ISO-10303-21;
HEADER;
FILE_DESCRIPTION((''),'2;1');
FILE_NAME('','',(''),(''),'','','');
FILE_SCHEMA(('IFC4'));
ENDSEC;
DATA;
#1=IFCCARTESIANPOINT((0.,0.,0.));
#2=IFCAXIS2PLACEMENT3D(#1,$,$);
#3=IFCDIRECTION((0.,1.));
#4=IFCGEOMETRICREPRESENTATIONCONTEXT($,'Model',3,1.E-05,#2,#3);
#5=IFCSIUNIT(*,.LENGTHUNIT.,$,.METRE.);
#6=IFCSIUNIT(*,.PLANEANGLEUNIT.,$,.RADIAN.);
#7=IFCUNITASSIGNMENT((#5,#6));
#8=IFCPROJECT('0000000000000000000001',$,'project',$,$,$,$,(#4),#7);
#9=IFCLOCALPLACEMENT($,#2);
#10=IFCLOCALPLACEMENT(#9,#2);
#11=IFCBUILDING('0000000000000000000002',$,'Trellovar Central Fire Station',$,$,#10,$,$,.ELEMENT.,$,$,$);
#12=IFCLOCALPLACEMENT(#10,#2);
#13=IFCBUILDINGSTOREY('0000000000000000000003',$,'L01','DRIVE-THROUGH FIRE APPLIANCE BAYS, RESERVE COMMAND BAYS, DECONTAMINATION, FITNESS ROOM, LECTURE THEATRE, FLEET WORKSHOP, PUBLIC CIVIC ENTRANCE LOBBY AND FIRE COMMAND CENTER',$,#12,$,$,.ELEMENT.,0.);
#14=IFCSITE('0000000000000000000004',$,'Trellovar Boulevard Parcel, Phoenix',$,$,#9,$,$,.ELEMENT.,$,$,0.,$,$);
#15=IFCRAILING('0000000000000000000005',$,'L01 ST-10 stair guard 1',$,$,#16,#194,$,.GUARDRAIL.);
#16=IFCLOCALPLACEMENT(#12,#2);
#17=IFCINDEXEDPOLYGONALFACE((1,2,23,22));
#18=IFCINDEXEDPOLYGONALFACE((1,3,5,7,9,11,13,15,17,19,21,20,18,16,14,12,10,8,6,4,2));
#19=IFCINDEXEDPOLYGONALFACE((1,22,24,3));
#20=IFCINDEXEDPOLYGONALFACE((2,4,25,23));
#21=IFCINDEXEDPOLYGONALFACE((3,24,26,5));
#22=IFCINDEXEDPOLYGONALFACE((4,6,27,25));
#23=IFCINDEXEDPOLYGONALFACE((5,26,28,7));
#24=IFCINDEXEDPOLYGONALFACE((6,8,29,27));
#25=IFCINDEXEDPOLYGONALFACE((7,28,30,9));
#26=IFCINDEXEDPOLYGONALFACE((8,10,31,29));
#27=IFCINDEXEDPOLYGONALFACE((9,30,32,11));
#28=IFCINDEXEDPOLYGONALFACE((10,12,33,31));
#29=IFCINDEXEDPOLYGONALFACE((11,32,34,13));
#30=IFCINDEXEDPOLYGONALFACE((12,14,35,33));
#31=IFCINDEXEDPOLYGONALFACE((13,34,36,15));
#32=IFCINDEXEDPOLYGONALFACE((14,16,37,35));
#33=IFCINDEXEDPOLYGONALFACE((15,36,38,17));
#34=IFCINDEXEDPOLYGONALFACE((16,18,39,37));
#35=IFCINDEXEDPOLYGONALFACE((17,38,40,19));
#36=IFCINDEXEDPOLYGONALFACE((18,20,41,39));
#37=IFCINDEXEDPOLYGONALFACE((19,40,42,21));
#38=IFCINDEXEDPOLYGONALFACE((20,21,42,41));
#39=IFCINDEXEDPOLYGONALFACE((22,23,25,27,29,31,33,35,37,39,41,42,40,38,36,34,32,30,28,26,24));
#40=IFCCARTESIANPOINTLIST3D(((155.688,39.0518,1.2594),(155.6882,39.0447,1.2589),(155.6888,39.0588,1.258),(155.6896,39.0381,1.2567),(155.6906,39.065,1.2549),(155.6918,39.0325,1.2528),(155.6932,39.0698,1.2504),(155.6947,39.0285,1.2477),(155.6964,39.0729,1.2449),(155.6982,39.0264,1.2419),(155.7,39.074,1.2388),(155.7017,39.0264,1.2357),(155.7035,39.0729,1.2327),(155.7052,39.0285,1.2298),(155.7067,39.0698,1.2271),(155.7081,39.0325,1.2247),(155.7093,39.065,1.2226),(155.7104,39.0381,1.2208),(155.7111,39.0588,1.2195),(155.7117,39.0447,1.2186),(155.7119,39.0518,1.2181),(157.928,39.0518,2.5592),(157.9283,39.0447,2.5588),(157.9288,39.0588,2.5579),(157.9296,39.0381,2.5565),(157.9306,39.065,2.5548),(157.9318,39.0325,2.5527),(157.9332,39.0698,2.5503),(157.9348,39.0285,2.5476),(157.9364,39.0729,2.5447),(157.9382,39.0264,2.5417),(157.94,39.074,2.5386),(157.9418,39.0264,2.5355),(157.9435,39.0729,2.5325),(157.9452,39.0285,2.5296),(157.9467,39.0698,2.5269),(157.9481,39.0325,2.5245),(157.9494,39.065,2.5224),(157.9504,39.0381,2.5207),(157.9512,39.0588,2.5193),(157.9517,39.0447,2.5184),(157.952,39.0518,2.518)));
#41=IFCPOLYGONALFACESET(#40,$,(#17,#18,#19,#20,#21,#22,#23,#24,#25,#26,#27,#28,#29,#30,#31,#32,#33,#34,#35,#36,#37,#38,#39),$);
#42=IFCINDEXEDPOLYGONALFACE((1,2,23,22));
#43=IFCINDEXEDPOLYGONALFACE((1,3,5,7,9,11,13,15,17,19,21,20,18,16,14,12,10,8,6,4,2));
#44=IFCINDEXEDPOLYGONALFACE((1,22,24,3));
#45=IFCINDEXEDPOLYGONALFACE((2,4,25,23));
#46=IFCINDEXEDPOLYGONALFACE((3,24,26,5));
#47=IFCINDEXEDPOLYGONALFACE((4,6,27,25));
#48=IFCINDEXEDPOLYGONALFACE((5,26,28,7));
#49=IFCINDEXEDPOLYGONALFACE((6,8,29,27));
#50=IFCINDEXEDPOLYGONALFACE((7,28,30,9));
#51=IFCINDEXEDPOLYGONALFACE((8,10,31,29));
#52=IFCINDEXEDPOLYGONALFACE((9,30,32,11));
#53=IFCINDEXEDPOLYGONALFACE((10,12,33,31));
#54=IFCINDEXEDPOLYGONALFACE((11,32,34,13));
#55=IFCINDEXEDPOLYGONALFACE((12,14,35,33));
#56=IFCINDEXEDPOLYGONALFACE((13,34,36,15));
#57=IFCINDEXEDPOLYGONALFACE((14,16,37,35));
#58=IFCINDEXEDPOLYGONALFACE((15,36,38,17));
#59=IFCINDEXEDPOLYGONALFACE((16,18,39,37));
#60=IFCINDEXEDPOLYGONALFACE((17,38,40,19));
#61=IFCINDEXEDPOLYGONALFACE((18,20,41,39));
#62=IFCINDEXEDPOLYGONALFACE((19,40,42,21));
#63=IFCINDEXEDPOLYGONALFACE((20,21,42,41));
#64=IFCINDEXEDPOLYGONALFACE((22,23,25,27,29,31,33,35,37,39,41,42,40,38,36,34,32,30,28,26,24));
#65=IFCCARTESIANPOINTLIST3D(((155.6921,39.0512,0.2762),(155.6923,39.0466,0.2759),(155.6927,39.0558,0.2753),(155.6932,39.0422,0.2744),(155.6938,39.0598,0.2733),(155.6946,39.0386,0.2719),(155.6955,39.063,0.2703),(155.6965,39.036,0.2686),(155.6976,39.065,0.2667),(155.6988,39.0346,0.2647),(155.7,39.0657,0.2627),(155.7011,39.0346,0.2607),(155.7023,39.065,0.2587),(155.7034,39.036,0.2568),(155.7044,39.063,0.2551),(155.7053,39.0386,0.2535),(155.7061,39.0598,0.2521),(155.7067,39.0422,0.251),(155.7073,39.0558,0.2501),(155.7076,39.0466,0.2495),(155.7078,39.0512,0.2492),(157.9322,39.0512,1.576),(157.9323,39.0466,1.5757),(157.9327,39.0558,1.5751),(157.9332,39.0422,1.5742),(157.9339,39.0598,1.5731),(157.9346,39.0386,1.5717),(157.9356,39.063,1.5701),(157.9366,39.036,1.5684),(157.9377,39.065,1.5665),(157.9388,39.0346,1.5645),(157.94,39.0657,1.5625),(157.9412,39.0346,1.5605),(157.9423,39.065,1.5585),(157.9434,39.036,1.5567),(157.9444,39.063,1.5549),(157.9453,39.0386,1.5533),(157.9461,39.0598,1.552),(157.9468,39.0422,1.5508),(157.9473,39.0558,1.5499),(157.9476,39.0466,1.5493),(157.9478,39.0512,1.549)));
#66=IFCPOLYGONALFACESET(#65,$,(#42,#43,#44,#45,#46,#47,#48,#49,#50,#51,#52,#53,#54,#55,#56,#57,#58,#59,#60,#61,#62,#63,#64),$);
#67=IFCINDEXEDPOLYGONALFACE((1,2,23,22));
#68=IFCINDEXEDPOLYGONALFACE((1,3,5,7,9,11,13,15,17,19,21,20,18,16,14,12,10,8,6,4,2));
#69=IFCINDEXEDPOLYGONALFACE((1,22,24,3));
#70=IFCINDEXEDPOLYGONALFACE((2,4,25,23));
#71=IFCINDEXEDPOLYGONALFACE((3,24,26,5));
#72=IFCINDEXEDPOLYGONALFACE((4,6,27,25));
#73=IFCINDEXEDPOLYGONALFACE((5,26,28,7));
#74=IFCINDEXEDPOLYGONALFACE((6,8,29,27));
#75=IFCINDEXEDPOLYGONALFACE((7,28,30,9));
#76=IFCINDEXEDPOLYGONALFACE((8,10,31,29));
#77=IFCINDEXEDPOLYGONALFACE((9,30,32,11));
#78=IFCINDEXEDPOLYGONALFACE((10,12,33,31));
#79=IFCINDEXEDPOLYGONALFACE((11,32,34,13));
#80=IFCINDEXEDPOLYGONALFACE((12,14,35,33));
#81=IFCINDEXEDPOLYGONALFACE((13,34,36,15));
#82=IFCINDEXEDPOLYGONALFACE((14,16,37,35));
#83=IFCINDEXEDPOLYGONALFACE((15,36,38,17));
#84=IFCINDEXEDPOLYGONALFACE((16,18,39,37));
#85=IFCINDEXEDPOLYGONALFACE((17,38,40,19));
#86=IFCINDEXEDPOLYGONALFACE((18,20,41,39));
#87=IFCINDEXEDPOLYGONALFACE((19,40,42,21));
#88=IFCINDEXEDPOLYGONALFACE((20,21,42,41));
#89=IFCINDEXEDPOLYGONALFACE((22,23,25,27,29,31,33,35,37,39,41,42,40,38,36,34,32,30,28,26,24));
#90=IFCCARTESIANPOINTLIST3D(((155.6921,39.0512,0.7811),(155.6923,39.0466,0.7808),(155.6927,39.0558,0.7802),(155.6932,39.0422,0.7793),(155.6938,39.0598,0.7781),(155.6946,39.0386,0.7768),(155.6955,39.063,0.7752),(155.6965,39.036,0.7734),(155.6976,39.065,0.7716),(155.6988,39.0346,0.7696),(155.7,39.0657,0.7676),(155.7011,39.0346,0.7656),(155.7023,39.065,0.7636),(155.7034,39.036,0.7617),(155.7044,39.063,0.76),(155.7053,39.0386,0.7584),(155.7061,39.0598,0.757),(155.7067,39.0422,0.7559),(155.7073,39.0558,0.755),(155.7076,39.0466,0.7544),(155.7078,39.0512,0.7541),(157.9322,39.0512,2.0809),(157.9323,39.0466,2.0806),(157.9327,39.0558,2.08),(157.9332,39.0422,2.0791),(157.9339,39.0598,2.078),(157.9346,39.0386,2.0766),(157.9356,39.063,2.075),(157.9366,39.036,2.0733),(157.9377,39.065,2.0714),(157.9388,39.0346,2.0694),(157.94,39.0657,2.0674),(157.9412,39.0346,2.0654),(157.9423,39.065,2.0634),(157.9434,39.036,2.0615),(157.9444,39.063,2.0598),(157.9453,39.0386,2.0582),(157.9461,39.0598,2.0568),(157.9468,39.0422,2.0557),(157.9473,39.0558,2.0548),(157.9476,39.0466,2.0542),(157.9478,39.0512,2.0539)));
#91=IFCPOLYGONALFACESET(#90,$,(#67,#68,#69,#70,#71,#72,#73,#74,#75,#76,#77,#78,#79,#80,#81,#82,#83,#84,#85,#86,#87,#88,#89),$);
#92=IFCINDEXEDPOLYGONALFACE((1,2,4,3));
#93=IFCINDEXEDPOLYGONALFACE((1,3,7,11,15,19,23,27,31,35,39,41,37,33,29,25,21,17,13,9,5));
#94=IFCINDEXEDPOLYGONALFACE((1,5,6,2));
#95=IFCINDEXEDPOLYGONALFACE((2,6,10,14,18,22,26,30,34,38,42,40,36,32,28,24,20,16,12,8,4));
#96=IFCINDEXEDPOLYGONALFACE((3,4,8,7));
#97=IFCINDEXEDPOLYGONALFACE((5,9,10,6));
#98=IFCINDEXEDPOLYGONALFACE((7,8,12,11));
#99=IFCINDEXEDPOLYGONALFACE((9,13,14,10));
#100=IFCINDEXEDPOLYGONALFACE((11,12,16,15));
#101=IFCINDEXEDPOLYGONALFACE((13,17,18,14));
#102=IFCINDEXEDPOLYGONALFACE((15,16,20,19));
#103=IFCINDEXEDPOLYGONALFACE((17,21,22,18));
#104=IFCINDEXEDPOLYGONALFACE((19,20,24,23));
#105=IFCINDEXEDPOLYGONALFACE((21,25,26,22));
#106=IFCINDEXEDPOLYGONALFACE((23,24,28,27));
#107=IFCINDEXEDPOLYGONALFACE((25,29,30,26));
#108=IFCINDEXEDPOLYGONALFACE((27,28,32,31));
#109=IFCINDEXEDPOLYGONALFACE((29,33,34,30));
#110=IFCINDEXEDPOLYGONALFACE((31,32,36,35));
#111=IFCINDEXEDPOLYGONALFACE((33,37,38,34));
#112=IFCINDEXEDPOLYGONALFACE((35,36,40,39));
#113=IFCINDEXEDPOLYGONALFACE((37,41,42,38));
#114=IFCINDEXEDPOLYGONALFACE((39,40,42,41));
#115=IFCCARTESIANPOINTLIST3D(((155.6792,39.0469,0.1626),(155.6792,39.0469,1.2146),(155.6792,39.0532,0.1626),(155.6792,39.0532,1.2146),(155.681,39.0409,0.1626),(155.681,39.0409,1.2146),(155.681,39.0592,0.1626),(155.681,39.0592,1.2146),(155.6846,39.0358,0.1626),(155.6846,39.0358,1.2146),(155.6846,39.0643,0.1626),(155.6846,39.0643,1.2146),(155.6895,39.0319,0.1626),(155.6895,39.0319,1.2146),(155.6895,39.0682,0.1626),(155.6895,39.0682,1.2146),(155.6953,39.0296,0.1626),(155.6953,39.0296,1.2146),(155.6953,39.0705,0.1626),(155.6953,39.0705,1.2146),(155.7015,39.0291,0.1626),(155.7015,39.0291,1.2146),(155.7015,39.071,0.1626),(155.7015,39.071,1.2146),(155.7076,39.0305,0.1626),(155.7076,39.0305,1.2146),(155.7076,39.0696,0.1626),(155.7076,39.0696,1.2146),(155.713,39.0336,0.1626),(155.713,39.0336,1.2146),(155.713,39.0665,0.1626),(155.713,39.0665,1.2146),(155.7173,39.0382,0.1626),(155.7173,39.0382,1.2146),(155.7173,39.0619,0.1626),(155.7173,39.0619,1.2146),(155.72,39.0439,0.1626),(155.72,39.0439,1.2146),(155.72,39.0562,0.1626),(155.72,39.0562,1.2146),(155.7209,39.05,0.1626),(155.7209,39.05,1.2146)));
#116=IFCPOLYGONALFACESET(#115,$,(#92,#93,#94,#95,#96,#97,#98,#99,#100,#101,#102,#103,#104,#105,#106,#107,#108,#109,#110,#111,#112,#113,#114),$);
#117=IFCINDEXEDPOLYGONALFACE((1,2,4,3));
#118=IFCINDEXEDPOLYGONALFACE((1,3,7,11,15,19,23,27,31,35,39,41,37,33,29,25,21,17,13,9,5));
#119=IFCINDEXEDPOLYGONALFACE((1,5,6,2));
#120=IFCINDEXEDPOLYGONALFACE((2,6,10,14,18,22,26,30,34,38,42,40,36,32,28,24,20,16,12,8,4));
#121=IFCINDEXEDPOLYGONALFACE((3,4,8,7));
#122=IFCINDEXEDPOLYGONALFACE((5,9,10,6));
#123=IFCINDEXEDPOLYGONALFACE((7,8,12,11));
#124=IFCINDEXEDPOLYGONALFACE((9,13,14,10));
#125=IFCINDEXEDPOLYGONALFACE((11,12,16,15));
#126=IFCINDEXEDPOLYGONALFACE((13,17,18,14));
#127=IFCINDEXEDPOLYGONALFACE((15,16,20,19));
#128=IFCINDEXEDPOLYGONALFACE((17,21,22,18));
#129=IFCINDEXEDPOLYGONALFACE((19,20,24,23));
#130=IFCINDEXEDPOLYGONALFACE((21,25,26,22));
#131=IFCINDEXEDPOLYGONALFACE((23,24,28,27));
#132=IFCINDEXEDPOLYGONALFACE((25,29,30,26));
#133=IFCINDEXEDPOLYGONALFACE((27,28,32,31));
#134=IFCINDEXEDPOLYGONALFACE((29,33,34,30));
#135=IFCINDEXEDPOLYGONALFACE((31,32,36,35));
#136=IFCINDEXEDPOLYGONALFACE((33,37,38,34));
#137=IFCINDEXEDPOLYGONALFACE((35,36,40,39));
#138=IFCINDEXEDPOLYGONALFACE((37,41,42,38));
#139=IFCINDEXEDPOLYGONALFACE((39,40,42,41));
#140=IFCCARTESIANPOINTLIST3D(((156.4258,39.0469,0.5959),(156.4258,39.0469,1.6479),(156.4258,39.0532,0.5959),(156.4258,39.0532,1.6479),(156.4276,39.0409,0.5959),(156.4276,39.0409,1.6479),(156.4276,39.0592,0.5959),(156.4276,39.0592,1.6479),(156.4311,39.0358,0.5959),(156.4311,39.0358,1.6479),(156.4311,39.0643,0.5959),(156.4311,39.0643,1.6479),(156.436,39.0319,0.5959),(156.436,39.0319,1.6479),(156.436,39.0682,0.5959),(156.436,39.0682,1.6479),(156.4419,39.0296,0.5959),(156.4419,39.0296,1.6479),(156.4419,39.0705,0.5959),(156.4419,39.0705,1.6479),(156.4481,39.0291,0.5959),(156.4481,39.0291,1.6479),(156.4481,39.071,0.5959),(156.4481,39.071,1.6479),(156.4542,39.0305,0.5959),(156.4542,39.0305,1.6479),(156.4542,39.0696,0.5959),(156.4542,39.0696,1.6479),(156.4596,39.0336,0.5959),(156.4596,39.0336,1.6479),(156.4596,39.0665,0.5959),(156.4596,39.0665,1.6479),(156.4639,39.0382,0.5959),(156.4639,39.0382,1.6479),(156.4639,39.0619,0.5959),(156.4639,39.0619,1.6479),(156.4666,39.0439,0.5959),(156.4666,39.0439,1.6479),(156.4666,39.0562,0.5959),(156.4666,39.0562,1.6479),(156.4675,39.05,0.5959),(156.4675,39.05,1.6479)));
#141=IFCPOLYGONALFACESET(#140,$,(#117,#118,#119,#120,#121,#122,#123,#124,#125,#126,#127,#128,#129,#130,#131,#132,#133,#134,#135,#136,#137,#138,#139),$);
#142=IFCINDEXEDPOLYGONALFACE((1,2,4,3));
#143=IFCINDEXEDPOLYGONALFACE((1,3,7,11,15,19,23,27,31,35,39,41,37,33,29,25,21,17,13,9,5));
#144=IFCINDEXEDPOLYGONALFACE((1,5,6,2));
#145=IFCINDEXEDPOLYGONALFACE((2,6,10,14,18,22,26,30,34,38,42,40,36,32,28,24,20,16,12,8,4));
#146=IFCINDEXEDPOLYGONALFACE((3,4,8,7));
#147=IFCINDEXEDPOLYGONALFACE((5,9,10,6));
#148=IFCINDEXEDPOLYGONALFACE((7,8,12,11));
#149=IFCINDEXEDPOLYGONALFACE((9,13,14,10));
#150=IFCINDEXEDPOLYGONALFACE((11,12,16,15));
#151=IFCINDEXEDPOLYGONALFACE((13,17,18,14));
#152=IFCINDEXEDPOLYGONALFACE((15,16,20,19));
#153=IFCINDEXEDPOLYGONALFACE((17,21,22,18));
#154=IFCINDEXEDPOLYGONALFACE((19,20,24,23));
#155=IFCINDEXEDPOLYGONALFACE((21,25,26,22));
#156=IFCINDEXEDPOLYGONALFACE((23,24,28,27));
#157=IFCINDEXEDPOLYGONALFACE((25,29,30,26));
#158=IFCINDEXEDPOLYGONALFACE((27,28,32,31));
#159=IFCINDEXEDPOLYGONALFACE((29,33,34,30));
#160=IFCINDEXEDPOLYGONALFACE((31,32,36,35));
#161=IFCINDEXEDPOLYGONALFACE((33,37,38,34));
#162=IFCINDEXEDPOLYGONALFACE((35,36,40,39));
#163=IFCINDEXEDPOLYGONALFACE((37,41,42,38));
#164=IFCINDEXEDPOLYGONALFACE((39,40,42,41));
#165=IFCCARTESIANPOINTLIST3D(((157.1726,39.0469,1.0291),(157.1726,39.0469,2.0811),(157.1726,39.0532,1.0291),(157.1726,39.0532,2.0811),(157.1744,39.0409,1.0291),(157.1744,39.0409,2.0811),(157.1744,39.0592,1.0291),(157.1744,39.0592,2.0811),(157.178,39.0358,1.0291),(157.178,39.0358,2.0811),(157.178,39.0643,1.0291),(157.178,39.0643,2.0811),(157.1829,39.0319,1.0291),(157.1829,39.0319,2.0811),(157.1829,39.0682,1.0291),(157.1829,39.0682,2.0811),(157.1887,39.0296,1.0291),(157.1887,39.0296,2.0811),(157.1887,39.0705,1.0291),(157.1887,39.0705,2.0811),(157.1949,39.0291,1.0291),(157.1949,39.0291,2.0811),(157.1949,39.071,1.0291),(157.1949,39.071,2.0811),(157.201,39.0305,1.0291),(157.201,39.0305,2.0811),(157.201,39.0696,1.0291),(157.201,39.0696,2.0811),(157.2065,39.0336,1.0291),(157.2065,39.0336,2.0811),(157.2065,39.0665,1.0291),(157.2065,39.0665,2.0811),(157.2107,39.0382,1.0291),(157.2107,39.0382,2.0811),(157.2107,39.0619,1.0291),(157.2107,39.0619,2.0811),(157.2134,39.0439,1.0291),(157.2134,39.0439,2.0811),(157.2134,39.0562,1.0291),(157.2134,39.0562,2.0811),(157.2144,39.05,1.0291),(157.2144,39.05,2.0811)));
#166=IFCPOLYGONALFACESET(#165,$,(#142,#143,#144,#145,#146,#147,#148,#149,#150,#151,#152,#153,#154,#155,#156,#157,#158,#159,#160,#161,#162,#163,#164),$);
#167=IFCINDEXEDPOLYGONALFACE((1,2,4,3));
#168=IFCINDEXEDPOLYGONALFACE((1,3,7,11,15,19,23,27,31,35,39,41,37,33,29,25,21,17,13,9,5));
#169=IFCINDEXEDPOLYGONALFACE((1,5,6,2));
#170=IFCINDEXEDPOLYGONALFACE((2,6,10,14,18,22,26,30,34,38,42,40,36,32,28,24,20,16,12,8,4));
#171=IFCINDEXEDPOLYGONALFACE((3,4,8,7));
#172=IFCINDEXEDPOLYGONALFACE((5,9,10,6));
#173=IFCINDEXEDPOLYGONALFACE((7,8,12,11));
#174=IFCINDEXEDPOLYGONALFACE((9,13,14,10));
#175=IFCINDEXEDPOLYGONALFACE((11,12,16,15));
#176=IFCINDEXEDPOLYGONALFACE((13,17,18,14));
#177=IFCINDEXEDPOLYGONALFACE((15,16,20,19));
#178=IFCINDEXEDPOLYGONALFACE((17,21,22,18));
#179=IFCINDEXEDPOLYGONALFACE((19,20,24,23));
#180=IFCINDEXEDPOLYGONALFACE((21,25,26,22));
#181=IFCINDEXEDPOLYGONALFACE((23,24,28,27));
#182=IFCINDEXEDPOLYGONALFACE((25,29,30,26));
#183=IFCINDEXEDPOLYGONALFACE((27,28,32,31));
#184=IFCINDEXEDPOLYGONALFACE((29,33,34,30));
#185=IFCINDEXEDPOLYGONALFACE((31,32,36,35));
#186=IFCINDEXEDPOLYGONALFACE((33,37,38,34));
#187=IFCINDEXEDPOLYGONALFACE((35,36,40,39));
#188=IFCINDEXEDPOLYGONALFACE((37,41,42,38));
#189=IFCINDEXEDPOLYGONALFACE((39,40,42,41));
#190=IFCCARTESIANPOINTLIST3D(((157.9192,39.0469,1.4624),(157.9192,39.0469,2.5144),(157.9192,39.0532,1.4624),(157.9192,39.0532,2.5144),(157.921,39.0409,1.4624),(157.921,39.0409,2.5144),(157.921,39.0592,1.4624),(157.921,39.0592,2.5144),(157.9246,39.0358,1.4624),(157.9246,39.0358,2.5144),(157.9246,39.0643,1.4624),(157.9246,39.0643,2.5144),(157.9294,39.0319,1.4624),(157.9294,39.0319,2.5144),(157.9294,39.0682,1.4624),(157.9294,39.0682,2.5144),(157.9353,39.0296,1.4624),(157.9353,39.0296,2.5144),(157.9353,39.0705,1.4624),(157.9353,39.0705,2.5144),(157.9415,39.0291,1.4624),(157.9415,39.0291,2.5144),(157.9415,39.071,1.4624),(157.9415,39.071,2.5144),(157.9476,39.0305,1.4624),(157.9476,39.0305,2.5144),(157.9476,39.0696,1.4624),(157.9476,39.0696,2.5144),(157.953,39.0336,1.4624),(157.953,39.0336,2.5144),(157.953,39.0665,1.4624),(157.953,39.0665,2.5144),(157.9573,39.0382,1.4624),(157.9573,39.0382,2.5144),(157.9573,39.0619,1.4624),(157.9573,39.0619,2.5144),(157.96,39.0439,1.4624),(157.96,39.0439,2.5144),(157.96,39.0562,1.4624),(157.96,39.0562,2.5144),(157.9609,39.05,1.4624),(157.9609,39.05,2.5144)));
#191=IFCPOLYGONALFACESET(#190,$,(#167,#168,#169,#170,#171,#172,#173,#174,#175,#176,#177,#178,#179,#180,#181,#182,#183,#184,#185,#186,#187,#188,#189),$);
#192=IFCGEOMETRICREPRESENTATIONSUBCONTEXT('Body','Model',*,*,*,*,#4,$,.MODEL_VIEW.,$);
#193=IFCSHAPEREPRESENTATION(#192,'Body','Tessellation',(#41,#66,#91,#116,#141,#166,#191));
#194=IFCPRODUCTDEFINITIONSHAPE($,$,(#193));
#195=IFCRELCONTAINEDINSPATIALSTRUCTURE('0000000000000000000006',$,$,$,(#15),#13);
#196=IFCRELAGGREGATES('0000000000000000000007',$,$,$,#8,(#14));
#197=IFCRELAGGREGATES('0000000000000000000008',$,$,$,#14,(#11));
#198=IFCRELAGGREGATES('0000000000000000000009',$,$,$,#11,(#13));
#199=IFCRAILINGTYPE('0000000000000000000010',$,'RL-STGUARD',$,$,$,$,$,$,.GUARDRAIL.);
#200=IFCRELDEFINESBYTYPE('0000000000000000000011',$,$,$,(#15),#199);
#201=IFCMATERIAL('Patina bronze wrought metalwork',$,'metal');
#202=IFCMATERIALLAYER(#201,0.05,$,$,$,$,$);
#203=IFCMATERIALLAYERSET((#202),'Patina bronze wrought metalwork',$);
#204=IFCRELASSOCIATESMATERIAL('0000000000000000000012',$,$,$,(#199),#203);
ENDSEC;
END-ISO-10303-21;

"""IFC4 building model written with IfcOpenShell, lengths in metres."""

from ifc_helpers import new_model, si_unit, direction, frame, origin, origin_2d, place, context, subcontext, project, spatial, circle, extrude, material, layer, layer_set, type_object, element, save


model = new_model("IFC4")

# Units and contexts
model_context = context("Model", 3, precision=1e-05, world=origin(), true_north=direction((0.0, 1.0)))
body_context = subcontext(model_context, "Body", "Model", "MODEL_VIEW")
ifc_project = project(units=[si_unit("LENGTHUNIT", "METRE"), si_unit("PLANEANGLEUNIT", "RADIAN")], contexts=[model_context])

# Site, building, storey
site_placement = place(None, origin())
site = spatial("IfcSite", under=ifc_project, at=site_placement, Name="Trellovar Boulevard Parcel, Phoenix", CompositionType="ELEMENT", RefElevation=0.0)
building_placement = place(site_placement, origin())
building = spatial("IfcBuilding", under=site, at=building_placement, Name="Trellovar Central Fire Station", CompositionType="ELEMENT")
storey_placement = place(building_placement, origin())
storey = spatial("IfcBuildingStorey", under=building, at=storey_placement, Name="L01", Description="DRIVE-THROUGH FIRE APPLIANCE BAYS, RESERVE COMMAND BAYS, DECONTAMINATION, FITNESS ROOM, LECTURE THEATRE, FLEET WORKSHOP, PUBLIC CIVIC ENTRANCE LOBBY AND FIRE COMMAND CENTER", CompositionType="ELEMENT", Elevation=0.0)

# Railing
ifc_material_1 = material(Name="Patina bronze wrought metalwork", Category="metal")
ifc_layer_1 = layer(ifc_material_1, 0.05)
ifc_layer_set_1 = layer_set([ifc_layer_1], Name="Patina bronze wrought metalwork")
railing_type_1 = type_object("IfcRailingType", Name="RL-STGUARD", PredefinedType="GUARDRAIL", material=ifc_layer_set_1)
railing_1_placement = place(storey_placement, frame((155.7, 39.05, 0.1626)))
element("IfcRailing", 1, at=railing_1_placement, inside=storey, type_object=railing_type_1, Name="L01 ST-10 stair guard 1", PredefinedType="GUARDRAIL", context=body_context, shape_type="SweptSolid", body=[
    extrude(circle(Radius=0.0239, at=origin_2d()), frame((0.0, 0.0, 1.0762), z_axis=(0.864929, 0.0, 0.501894), x_axis=(0.0, 1.0, 0.0)), (0.0, 0.0, 1.0), 2.5898),
    extrude(circle(Radius=0.0156, at=origin_2d()), frame((0.0, 0.0, 0.1001), z_axis=(0.864929, 0.0, 0.501894), x_axis=(0.0, 1.0, 0.0)), (0.0, 0.0, 1.0), 2.5898),
    extrude(circle(Radius=0.0156, at=origin_2d()), frame((0.0, 0.0, 0.605), z_axis=(0.864929, 0.0, 0.501894), x_axis=(0.0, 1.0, 0.0)), (0.0, 0.0, 1.0), 2.5898),
    extrude(circle(Radius=0.021, at=origin_2d()), origin(), (0.0, 0.0, 1.0), 1.052),
    extrude(circle(Radius=0.021, at=origin_2d()), frame((0.7466, 0.0, 0.4333)), (0.0, 0.0, 1.0), 1.052),
    extrude(circle(Radius=0.021, at=origin_2d()), frame((1.4934, 0.0, 0.8665)), (0.0, 0.0, 1.0), 1.052),
    extrude(circle(Radius=0.021, at=origin_2d()), frame((2.24, 0.0, 1.2998)), (0.0, 0.0, 1.0), 1.052),
])

save(model, "model.ifc")
